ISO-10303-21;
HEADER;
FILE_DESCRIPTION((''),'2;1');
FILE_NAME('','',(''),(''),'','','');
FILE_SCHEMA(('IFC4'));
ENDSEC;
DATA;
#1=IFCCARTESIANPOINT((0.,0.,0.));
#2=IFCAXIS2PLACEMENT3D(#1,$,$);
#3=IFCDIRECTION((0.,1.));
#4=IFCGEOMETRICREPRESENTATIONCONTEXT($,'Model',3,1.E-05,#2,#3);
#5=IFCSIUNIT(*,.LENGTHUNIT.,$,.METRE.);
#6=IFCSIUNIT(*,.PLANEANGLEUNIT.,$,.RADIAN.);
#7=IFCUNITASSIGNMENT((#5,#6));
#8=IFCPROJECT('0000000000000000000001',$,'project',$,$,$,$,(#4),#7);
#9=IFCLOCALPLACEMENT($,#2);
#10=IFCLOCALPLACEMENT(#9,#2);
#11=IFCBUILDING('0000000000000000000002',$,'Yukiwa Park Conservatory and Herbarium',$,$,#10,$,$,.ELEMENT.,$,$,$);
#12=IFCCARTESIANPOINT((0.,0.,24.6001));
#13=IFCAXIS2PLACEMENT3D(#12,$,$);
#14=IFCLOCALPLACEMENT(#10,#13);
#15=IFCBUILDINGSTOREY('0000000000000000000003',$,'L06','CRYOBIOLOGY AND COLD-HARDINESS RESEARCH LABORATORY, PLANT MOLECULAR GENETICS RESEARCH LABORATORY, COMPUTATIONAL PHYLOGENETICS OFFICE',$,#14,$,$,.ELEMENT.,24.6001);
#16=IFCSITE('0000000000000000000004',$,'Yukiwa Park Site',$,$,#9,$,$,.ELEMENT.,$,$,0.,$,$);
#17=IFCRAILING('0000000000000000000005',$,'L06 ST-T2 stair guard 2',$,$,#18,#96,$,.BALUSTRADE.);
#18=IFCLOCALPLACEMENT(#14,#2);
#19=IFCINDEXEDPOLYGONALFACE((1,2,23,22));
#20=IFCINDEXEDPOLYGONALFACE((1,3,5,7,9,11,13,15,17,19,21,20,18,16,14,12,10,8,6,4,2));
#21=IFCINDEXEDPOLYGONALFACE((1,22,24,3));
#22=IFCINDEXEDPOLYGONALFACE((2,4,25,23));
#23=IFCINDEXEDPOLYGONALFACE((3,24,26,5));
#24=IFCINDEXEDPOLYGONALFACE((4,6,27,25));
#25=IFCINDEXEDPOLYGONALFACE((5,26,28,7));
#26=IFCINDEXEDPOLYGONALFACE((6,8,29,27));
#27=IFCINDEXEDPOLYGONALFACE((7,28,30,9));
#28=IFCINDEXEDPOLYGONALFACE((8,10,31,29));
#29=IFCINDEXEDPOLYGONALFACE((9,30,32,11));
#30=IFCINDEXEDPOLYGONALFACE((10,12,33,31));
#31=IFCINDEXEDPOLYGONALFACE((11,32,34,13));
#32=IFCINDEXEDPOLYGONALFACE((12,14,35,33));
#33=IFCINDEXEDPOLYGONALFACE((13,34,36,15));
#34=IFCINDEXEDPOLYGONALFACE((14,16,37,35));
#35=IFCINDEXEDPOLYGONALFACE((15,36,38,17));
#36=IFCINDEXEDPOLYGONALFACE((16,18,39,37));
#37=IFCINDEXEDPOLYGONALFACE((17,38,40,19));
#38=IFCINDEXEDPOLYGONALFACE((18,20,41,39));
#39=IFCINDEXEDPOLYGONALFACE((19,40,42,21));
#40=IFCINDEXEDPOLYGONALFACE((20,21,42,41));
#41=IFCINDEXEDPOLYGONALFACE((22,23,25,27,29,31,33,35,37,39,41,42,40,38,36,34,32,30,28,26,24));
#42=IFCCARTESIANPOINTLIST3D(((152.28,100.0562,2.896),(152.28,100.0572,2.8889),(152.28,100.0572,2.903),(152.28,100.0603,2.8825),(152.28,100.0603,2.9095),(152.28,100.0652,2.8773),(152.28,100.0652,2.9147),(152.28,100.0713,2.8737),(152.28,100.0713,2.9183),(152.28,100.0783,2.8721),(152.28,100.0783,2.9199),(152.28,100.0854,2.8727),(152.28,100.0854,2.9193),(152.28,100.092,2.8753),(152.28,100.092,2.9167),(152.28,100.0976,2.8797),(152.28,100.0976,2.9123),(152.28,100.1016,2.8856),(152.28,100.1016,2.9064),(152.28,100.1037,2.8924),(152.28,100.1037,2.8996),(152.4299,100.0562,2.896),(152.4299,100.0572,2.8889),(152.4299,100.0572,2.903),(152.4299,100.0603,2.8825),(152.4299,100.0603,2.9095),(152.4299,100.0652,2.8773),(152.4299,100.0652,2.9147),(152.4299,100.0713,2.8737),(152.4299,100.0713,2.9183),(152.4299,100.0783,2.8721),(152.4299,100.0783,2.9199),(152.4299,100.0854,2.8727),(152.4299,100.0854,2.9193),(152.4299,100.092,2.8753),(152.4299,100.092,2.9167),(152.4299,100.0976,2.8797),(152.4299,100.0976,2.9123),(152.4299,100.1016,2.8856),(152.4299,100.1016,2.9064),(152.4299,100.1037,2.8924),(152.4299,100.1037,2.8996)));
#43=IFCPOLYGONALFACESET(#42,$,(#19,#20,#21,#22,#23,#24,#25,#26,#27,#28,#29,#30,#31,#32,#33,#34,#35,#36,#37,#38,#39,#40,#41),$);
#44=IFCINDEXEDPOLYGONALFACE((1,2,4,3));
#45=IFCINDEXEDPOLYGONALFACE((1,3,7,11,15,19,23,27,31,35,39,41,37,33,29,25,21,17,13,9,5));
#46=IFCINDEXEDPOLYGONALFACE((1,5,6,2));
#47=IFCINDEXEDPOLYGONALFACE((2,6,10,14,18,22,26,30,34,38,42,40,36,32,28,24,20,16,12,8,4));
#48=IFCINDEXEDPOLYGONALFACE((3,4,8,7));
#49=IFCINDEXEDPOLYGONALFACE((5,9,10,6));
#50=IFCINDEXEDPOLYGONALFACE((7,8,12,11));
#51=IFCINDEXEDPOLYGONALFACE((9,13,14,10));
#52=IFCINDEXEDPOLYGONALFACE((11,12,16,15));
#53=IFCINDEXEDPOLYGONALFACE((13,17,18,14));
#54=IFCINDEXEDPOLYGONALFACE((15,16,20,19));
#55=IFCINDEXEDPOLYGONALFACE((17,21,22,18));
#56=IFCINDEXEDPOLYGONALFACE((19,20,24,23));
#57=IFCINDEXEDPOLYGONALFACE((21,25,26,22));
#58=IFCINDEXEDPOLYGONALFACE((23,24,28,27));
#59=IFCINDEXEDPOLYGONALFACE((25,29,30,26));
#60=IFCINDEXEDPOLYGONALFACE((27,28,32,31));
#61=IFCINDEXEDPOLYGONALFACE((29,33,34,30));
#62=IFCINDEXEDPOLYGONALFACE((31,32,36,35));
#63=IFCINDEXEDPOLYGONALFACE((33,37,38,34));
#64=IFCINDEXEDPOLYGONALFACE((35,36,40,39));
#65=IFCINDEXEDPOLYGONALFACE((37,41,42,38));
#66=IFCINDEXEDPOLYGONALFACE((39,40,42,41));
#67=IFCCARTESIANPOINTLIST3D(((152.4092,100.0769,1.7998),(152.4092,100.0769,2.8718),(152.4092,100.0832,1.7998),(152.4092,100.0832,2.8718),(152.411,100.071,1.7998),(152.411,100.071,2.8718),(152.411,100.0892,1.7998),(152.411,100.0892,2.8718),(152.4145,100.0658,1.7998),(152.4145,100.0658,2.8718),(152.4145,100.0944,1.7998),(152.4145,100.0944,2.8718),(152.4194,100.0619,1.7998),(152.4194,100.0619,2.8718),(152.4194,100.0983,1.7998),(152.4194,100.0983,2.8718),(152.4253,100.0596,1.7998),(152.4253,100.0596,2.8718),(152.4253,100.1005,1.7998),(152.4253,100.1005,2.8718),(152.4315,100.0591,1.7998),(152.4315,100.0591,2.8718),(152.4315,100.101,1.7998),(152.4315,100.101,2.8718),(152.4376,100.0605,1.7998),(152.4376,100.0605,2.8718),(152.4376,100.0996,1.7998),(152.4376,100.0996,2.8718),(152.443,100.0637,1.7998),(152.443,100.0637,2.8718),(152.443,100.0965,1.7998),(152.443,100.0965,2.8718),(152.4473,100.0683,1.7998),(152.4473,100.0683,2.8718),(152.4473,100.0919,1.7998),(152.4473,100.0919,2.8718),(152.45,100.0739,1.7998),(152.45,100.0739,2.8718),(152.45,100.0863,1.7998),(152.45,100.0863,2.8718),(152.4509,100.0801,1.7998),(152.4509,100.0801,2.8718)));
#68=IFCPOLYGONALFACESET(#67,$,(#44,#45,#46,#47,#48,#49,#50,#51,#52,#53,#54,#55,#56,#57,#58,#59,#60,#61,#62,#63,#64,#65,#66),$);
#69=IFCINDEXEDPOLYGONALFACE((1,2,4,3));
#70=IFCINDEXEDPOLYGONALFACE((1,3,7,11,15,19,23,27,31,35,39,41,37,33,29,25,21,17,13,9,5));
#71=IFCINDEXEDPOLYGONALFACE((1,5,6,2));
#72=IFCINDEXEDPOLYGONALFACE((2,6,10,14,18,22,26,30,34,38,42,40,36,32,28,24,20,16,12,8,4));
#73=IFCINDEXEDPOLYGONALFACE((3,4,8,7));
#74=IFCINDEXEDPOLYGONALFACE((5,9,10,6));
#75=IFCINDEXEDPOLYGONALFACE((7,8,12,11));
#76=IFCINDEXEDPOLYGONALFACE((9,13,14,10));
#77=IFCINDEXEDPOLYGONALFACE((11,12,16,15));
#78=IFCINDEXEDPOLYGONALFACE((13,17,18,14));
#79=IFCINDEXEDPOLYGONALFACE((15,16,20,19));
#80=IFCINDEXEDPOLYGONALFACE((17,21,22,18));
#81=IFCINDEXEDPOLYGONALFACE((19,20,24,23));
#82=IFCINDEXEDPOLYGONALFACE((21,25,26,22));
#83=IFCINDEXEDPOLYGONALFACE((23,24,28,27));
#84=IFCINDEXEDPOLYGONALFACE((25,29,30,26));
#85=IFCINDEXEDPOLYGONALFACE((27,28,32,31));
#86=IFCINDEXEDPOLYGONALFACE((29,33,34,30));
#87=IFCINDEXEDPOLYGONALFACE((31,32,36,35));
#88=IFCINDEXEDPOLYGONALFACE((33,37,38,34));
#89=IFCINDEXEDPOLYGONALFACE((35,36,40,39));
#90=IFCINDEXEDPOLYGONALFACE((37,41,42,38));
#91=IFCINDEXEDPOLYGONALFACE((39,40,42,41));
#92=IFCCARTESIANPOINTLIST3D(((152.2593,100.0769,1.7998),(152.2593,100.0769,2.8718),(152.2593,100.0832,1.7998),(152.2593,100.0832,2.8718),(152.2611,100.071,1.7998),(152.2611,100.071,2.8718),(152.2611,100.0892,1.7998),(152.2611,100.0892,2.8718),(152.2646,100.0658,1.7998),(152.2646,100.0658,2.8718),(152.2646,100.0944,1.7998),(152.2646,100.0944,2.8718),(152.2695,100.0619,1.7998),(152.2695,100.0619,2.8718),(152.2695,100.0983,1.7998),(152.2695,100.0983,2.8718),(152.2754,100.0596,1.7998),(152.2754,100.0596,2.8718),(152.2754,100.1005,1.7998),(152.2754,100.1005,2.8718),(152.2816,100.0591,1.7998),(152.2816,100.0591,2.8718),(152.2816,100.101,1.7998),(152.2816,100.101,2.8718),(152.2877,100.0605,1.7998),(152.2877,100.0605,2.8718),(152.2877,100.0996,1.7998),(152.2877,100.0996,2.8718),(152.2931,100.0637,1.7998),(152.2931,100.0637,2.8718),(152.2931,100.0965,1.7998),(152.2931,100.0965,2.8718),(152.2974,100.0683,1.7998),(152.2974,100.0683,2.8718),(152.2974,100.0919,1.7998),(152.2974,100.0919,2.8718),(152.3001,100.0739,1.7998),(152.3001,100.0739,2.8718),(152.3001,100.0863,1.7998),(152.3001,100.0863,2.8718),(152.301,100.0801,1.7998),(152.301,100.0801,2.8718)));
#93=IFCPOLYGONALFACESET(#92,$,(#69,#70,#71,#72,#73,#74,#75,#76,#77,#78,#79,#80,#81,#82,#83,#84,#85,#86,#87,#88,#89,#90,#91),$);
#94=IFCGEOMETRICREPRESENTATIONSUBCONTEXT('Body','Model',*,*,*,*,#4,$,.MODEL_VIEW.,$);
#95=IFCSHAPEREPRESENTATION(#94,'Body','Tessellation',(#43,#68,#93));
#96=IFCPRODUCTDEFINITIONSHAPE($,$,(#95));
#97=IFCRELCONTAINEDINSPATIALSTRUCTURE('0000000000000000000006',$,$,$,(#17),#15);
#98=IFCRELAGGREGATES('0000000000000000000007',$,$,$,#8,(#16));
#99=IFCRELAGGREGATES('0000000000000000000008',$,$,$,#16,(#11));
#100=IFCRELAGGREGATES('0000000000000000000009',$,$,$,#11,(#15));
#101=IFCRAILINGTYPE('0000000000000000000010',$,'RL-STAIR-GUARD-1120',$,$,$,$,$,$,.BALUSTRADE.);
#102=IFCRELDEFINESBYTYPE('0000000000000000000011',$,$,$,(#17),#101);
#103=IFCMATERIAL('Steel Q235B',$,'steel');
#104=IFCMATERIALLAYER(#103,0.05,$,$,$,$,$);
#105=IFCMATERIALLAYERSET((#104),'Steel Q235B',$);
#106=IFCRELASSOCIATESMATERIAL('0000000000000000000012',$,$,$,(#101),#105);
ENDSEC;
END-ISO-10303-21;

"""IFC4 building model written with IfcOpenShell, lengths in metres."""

from ifc_helpers import new_model, si_unit, direction, frame, origin, origin_2d, place, context, subcontext, project, spatial, circle, extrude, material, layer, layer_set, type_object, element, save


model = new_model("IFC4")

# Units and contexts
model_context = context("Model", 3, precision=1e-05, world=origin(), true_north=direction((0.0, 1.0)))
body_context = subcontext(model_context, "Body", "Model", "MODEL_VIEW")
ifc_project = project(units=[si_unit("LENGTHUNIT", "METRE"), si_unit("PLANEANGLEUNIT", "RADIAN")], contexts=[model_context])

# Site, building, storey
site_placement = place(None, origin())
site = spatial("IfcSite", under=ifc_project, at=site_placement, Name="Yukiwa Park Site", CompositionType="ELEMENT", RefElevation=0.0)
building_placement = place(site_placement, origin())
building = spatial("IfcBuilding", under=site, at=building_placement, Name="Yukiwa Park Conservatory and Herbarium", CompositionType="ELEMENT")
storey_placement = place(building_placement, frame((0.0, 0.0, 24.6001)))
storey = spatial("IfcBuildingStorey", under=building, at=storey_placement, Name="L06", Description="CRYOBIOLOGY AND COLD-HARDINESS RESEARCH LABORATORY, PLANT MOLECULAR GENETICS RESEARCH LABORATORY, COMPUTATIONAL PHYLOGENETICS OFFICE", CompositionType="ELEMENT", Elevation=24.6001)

# Railing
ifc_material_1 = material(Name="Steel Q235B", Category="steel")
ifc_layer_1 = layer(ifc_material_1, 0.05)
ifc_layer_set_1 = layer_set([ifc_layer_1], Name="Steel Q235B")
railing_type_1 = type_object("IfcRailingType", Name="RL-STAIR-GUARD-1120", PredefinedType="BALUSTRADE", material=ifc_layer_set_1)
railing_1_placement = place(storey_placement, frame((152.4299, 100.0801, 1.7998)))
element("IfcRailing", 1, at=railing_1_placement, inside=storey, type_object=railing_type_1, Name="L06 ST-T2 stair guard 2", PredefinedType="BALUSTRADE", context=body_context, shape_type="SweptSolid", body=[
    extrude(circle(Radius=0.0239, at=origin_2d()), frame((0.0, 0.0, 1.0962), z_axis=(-1.0, 0.0, 0.0), x_axis=(0.0, -1.0, 0.0)), (0.0, 0.0, 1.0), 0.1499),
    extrude(circle(Radius=0.021, at=origin_2d()), origin(), (0.0, 0.0, 1.0), 1.072),
    extrude(circle(Radius=0.021, at=origin_2d()), frame((-0.1499, 0.0, 0.0)), (0.0, 0.0, 1.0), 1.072),
])

save(model, "model.ifc")
